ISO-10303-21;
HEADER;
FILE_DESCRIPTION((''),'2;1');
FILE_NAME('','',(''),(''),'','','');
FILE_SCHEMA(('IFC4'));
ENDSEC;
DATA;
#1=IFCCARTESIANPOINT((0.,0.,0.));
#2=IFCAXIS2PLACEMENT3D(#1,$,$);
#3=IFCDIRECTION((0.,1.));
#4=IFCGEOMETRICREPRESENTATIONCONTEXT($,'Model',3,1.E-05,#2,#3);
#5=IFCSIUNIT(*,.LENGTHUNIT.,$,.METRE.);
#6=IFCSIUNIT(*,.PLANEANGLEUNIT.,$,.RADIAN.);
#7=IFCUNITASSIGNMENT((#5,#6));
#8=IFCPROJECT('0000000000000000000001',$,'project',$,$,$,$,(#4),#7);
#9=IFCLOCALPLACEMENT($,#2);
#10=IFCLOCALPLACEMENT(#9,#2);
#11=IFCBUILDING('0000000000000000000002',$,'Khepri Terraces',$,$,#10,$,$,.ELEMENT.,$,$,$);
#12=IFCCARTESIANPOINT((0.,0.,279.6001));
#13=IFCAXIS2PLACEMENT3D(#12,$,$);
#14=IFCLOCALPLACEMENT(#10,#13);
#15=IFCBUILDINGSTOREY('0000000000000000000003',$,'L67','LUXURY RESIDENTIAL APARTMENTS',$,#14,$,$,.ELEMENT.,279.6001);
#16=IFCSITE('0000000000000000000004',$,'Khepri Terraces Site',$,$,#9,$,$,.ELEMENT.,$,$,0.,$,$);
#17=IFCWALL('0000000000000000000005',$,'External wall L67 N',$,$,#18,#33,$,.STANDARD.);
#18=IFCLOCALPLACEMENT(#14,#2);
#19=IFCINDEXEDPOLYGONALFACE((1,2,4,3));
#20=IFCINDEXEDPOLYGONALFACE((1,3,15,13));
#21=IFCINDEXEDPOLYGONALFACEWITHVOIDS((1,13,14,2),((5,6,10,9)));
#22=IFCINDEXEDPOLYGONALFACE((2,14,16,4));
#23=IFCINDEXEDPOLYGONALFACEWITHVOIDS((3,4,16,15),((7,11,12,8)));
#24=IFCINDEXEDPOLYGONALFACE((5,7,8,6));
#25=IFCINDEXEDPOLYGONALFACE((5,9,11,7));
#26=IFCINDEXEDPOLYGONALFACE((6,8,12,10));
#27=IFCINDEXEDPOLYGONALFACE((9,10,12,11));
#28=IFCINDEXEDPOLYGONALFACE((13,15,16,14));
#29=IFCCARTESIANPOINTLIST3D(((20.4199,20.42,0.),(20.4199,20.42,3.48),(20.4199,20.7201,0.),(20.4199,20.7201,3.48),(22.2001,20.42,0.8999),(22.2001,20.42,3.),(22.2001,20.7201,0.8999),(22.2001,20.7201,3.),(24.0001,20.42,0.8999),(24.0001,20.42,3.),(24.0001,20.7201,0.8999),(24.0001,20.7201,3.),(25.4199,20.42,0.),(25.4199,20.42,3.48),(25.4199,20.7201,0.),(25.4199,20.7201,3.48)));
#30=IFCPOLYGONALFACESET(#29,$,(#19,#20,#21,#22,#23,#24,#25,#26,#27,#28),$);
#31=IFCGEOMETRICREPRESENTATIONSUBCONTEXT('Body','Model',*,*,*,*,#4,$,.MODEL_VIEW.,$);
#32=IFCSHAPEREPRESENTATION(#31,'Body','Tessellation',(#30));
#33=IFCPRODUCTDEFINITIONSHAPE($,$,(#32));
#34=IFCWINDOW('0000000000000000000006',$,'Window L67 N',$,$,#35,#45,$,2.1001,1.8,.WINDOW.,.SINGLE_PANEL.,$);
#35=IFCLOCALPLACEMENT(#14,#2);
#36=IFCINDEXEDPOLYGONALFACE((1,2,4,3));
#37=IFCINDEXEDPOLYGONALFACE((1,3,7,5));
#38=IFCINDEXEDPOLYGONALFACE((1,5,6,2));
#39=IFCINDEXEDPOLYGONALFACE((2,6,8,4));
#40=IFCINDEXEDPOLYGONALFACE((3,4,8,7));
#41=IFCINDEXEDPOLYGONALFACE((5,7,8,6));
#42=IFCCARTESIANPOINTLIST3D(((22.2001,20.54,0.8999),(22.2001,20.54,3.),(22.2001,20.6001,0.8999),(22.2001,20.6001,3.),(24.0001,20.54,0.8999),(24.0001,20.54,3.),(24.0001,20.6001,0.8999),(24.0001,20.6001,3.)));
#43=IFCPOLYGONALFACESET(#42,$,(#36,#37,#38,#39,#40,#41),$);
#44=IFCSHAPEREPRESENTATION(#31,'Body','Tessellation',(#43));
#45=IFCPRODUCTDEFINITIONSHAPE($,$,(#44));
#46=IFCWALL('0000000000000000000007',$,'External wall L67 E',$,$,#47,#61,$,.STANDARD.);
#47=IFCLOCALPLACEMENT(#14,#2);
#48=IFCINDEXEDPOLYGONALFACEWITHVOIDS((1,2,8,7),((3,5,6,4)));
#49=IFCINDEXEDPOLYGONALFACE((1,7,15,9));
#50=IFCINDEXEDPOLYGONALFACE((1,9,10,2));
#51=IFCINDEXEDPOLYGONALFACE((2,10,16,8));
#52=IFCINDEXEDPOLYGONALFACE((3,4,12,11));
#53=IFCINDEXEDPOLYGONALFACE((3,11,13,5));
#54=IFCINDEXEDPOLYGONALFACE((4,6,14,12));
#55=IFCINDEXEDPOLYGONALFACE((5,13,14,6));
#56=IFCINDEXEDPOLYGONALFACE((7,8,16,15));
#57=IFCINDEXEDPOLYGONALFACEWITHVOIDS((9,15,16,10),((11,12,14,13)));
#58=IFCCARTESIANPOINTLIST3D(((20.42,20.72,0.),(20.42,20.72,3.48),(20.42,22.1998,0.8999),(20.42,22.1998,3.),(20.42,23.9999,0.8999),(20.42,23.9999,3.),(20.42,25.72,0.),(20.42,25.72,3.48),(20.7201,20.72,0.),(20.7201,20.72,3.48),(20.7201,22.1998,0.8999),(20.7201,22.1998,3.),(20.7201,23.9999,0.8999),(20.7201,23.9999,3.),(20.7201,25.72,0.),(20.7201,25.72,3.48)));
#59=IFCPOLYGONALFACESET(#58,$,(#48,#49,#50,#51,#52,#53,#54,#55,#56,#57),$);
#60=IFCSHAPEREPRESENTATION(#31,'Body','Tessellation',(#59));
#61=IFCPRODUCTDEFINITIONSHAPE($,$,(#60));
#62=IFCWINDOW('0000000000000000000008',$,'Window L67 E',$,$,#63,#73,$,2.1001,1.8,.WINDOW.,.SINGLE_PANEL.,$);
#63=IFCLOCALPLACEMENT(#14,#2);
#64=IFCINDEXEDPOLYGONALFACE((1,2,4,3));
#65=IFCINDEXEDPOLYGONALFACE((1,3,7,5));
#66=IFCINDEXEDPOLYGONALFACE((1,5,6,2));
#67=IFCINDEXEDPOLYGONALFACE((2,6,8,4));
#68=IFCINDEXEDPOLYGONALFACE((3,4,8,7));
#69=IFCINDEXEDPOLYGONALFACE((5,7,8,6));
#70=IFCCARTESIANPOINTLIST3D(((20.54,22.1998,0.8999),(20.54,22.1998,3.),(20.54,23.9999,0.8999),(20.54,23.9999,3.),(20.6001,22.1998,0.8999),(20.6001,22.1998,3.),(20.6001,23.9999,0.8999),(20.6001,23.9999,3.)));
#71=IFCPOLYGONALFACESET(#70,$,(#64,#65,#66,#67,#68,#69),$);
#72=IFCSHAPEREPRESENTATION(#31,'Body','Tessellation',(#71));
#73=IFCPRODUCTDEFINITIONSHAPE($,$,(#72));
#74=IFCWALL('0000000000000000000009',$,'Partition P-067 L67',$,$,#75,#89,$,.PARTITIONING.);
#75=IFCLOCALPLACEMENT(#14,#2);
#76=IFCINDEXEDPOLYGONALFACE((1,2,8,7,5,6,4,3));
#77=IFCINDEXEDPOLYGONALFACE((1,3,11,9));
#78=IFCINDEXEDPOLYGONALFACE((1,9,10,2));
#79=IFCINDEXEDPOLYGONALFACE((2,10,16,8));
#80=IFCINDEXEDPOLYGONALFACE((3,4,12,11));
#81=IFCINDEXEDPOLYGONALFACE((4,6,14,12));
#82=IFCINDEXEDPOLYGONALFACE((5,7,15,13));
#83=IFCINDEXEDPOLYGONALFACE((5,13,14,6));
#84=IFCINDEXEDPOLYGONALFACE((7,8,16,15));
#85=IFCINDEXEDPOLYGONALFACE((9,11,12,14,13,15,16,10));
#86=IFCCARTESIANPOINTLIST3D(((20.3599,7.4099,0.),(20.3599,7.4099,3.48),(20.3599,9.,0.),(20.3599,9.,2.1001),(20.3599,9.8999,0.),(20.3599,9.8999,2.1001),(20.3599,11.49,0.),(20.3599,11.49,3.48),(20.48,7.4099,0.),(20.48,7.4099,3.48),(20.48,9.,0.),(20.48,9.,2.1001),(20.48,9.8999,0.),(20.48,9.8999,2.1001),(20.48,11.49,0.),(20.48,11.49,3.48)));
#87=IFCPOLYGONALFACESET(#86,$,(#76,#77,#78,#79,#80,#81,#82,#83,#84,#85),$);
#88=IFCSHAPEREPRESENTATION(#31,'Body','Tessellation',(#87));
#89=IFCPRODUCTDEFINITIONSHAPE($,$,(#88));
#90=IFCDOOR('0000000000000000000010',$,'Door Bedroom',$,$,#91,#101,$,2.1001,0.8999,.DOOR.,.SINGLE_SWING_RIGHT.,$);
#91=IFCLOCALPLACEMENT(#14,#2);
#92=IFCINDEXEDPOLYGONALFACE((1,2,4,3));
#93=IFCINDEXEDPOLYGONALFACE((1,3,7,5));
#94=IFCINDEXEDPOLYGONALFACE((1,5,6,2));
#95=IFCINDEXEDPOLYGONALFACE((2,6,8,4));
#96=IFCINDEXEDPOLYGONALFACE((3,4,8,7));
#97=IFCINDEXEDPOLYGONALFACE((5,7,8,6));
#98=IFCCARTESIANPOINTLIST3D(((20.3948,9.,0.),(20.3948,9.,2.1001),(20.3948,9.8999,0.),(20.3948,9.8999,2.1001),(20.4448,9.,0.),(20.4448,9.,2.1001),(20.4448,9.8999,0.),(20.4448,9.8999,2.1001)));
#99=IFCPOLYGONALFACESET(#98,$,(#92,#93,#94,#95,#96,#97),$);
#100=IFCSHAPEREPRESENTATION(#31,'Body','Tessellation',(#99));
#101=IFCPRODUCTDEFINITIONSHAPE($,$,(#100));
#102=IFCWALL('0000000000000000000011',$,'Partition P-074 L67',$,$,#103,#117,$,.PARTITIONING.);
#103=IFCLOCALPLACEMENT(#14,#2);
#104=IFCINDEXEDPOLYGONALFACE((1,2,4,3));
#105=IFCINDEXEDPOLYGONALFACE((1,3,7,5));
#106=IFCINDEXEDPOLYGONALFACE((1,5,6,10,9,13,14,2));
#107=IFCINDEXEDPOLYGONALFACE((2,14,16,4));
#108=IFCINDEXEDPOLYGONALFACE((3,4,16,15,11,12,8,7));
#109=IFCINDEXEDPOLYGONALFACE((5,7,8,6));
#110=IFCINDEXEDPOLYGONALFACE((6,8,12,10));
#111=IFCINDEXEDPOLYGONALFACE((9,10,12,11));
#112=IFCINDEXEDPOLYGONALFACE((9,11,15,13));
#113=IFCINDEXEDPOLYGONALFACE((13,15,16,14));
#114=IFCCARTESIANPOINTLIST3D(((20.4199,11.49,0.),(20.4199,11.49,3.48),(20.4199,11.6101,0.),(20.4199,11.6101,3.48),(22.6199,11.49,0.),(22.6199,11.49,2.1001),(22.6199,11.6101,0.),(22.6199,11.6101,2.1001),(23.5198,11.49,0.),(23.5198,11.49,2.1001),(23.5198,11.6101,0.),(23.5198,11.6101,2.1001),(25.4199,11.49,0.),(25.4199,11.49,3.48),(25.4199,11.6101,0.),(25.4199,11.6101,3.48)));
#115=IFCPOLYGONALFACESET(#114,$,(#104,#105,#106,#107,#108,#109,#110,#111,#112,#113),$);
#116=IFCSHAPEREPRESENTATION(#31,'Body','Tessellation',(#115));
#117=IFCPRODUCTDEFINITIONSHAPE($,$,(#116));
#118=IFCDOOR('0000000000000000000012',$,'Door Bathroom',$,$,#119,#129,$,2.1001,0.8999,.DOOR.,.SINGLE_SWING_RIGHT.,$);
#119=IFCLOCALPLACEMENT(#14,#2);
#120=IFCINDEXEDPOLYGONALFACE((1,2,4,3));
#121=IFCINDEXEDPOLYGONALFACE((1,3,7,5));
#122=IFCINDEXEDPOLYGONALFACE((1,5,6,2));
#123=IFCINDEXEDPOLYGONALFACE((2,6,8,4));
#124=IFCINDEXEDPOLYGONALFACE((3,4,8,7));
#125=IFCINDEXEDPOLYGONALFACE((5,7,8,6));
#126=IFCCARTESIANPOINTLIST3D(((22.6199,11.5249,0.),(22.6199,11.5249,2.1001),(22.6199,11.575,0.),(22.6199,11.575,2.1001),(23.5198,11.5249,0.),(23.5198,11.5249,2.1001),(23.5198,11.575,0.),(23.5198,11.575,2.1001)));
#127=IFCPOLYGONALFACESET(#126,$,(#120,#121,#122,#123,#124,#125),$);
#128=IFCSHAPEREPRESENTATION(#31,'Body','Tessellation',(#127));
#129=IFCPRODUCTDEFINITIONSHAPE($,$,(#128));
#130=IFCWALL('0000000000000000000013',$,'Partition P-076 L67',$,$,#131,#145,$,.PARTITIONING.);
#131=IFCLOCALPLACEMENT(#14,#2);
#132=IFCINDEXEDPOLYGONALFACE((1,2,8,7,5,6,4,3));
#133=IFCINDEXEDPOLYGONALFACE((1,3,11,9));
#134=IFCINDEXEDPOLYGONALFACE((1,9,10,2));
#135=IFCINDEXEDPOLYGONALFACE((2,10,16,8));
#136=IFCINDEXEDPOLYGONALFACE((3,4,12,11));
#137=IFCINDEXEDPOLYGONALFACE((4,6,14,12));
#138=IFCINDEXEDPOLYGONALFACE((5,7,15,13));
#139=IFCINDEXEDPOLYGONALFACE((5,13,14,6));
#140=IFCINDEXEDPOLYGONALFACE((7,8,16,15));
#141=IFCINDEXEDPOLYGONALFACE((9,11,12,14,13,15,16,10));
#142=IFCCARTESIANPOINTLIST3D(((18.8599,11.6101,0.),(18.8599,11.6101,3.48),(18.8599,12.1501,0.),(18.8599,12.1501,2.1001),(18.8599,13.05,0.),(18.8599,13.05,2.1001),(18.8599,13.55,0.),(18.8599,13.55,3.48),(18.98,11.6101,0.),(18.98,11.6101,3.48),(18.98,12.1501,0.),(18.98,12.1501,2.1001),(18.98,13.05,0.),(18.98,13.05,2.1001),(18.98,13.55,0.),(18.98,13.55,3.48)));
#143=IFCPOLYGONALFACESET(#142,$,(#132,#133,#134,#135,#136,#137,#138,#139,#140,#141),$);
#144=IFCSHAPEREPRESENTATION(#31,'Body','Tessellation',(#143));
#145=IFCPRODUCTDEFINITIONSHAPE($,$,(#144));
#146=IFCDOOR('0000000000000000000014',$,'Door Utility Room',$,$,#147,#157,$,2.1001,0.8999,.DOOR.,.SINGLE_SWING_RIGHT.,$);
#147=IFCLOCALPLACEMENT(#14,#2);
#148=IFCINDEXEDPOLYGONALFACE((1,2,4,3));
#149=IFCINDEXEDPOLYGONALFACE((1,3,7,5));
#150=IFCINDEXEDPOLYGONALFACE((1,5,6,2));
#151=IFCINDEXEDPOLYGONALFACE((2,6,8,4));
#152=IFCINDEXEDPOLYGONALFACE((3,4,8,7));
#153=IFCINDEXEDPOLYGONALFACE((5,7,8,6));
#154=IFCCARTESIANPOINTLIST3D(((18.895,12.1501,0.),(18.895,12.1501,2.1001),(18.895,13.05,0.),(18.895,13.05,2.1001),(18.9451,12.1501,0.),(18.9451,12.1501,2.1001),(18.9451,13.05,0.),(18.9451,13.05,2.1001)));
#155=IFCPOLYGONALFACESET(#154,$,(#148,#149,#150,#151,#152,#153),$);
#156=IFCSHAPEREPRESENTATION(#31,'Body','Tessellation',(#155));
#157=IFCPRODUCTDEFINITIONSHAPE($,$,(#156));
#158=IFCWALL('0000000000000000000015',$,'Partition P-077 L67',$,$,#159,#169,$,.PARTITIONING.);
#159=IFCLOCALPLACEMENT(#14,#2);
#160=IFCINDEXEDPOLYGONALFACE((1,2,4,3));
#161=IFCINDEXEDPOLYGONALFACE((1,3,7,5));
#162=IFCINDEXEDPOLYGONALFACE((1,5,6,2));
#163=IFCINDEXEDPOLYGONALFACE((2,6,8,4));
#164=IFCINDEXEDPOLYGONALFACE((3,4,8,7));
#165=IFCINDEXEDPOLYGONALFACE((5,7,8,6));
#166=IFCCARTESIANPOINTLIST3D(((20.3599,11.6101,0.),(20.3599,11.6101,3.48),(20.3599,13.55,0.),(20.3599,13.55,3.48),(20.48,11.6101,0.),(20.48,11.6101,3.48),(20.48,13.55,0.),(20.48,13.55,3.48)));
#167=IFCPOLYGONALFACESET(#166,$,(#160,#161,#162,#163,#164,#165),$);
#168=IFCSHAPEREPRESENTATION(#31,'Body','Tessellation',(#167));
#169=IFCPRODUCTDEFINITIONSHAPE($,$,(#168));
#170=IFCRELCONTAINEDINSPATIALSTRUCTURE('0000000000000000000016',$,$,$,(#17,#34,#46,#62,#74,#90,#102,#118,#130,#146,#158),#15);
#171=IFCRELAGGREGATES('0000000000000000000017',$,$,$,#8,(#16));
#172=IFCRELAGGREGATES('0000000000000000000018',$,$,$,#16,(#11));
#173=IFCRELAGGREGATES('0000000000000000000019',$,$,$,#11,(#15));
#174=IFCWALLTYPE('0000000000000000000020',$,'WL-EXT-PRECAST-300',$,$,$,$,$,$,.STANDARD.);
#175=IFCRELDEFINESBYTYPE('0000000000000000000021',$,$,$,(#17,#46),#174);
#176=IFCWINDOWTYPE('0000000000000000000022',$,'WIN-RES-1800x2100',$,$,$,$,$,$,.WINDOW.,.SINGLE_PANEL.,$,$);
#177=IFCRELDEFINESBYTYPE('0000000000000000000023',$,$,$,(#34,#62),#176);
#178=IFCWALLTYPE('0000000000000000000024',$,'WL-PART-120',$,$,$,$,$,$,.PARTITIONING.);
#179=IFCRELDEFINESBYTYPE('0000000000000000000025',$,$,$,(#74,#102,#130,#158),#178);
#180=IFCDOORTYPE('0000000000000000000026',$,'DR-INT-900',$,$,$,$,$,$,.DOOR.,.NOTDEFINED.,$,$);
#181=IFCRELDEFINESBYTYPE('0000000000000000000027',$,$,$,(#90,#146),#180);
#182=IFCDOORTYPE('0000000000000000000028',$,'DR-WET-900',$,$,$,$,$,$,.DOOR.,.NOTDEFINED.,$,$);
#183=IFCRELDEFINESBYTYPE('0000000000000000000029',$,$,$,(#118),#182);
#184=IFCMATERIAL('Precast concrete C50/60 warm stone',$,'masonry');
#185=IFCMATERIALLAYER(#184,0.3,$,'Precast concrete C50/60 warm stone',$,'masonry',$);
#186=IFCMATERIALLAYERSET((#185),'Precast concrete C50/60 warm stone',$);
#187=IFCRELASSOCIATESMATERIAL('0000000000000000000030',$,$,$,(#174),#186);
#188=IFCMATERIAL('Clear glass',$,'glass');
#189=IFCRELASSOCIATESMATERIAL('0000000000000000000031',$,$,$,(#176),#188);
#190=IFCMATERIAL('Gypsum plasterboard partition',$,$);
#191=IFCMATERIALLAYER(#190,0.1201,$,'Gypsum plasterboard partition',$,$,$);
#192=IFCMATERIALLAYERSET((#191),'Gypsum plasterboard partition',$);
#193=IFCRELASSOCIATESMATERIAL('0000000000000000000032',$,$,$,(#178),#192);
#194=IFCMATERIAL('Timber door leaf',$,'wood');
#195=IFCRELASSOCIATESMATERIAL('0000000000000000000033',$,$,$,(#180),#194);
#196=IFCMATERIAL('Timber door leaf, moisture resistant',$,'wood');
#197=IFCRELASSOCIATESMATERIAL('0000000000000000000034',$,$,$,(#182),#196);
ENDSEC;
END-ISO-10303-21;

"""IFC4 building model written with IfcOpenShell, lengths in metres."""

from ifc_helpers import new_model, si_unit, direction, frame, frame_2d, origin, place, context, subcontext, project, spatial, rectangle, extrude, material, layer, layer_set, type_object, element, fill, save


model = new_model("IFC4")

# Units and contexts
model_context = context("Model", 3, precision=1e-05, world=origin(), true_north=direction((0.0, 1.0)))
body_context = subcontext(model_context, "Body", "Model", "MODEL_VIEW")
ifc_project = project(units=[si_unit("LENGTHUNIT", "METRE"), si_unit("PLANEANGLEUNIT", "RADIAN")], contexts=[model_context])

# Site, building, storey
site_placement = place(None, origin())
site = spatial("IfcSite", under=ifc_project, at=site_placement, Name="Khepri Terraces Site", CompositionType="ELEMENT", RefElevation=0.0)
building_placement = place(site_placement, origin())
building = spatial("IfcBuilding", under=site, at=building_placement, Name="Khepri Terraces", CompositionType="ELEMENT")
storey_placement = place(building_placement, frame((0.0, 0.0, 279.6001)))
storey = spatial("IfcBuildingStorey", under=building, at=storey_placement, Name="L67", Description="LUXURY RESIDENTIAL APARTMENTS", CompositionType="ELEMENT", Elevation=279.6001)

# Shared definitions
ifc_material_1 = material(Name="Precast concrete C50/60 warm stone", Category="masonry")
ifc_layer_1 = layer(ifc_material_1, 0.3, Name="Precast concrete C50/60 warm stone", Category="masonry")
ifc_layer_set_1 = layer_set([ifc_layer_1], Name="Precast concrete C50/60 warm stone")
wall_type_1 = type_object("IfcWallType", Name="WL-EXT-PRECAST-300", PredefinedType="STANDARD", material=ifc_layer_set_1)
ifc_material_2 = material(Name="Clear glass", Category="glass")
window_type = type_object("IfcWindowType", Name="WIN-RES-1800x2100", PartitioningType="SINGLE_PANEL", PredefinedType="WINDOW", material=ifc_material_2)

# Walls, openings, windows
wall_1_placement = place(storey_placement, frame((25.4199, 20.5701, 0.0), z_axis=(0.0, 0.0, 1.0), x_axis=(-1.0, 0.0, 0.0)))
wall_1 = element("IfcWall", 1, at=wall_1_placement, inside=storey, type_object=wall_type_1, Name="External wall L67 N", PredefinedType="STANDARD", context=body_context, shape_type="SweptSolid", body=[
    extrude(rectangle(XDim=5.0, YDim=0.3, at=frame_2d((2.5, 0.0))), origin(), (0.0, 0.0, 1.0), 3.48),
])
opening_1_placement = place(wall_1_placement, frame((1.4199, 0.0, 0.8999)))
opening_1 = element("IfcOpeningElement", 2, at=opening_1_placement, cuts=wall_1, PredefinedType="OPENING", context=body_context, shape_type="SweptSolid", body=[
    extrude(rectangle(XDim=1.8, YDim=2.1001, at=frame_2d((0.8999, 1.05))), frame((0.0, 0.1602, 0.0), z_axis=(0.0, -1.0, 0.0), x_axis=(1.0, 0.0, 0.0)), (0.0, 0.0, 1.0), 0.3201),
])
window_1_placement = place(opening_1_placement, origin())
window_1 = element("IfcWindow", 3, at=window_1_placement, inside=storey, type_object=window_type, Name="Window L67 N", OverallHeight=2.1001, OverallWidth=1.8, PartitioningType="SINGLE_PANEL", PredefinedType="WINDOW", context=body_context, shape_type="SweptSolid", body=[
    extrude(rectangle(XDim=1.8, YDim=2.1001, at=frame_2d((0.8999, 1.05))), frame((0.0, 0.03, 0.0), z_axis=(0.0, -1.0, 0.0), x_axis=(1.0, 0.0, 0.0)), (0.0, 0.0, 1.0), 0.0601),
])
fill(opening_1, window_1)
wall_2_placement = place(storey_placement, frame((20.5701, 20.72, 0.0), z_axis=(0.0, 0.0, 1.0), x_axis=(0.0, 1.0, 0.0)))
wall_2 = element("IfcWall", 4, at=wall_2_placement, inside=storey, type_object=wall_type_1, Name="External wall L67 E", PredefinedType="STANDARD", context=body_context, shape_type="SweptSolid", body=[
    extrude(rectangle(XDim=5.0, YDim=0.3, at=frame_2d((2.5, 0.0))), origin(), (0.0, 0.0, 1.0), 3.48),
])
opening_2_placement = place(wall_2_placement, frame((1.48, 0.0, 0.8999)))
opening_2 = element("IfcOpeningElement", 5, at=opening_2_placement, cuts=wall_2, PredefinedType="OPENING", context=body_context, shape_type="SweptSolid", body=[
    extrude(rectangle(XDim=1.8, YDim=2.1001, at=frame_2d((0.8999, 1.05))), frame((0.0, 0.1602, 0.0), z_axis=(0.0, -1.0, 0.0), x_axis=(1.0, 0.0, 0.0)), (0.0, 0.0, 1.0), 0.3201),
])
window_2_placement = place(opening_2_placement, origin())
window_2 = element("IfcWindow", 6, at=window_2_placement, inside=storey, type_object=window_type, Name="Window L67 E", OverallHeight=2.1001, OverallWidth=1.8, PartitioningType="SINGLE_PANEL", PredefinedType="WINDOW", context=body_context, shape_type="SweptSolid", body=[
    extrude(rectangle(XDim=1.8, YDim=2.1001, at=frame_2d((0.8999, 1.05))), frame((0.0, 0.03, 0.0), z_axis=(0.0, -1.0, 0.0), x_axis=(1.0, 0.0, 0.0)), (0.0, 0.0, 1.0), 0.0601),
])
fill(opening_2, window_2)

# Walls, openings, doors
ifc_material_3 = material(Name="Gypsum plasterboard partition")
ifc_layer_2 = layer(ifc_material_3, 0.1201, Name="Gypsum plasterboard partition")
ifc_layer_set_2 = layer_set([ifc_layer_2], Name="Gypsum plasterboard partition")
wall_type_2 = type_object("IfcWallType", Name="WL-PART-120", PredefinedType="PARTITIONING", material=ifc_layer_set_2)
wall_3_placement = place(storey_placement, frame((20.4199, 7.4099, 0.0), z_axis=(0.0, 0.0, 1.0), x_axis=(0.0, 1.0, 0.0)))
wall_3 = element("IfcWall", 7, at=wall_3_placement, inside=storey, type_object=wall_type_2, Name="Partition P-067 L67", PredefinedType="PARTITIONING", context=body_context, shape_type="SweptSolid", body=[
    extrude(rectangle(XDim=4.0801, YDim=0.1201, at=frame_2d((2.04, 0.0))), origin(), (0.0, 0.0, 1.0), 3.48),
])
opening_3_placement = place(wall_3_placement, frame((1.5901, 0.0, 0.0)))
opening_3 = element("IfcOpeningElement", 8, at=opening_3_placement, cuts=wall_3, PredefinedType="OPENING", context=body_context, shape_type="SweptSolid", body=[
    extrude(rectangle(XDim=0.8999, YDim=2.1001, at=frame_2d((0.45, 1.05))), frame((0.0, 0.0701, 0.0), z_axis=(0.0, -1.0, 0.0), x_axis=(1.0, 0.0, 0.0)), (0.0, 0.0, 1.0), 0.1401),
])
ifc_material_4 = material(Name="Timber door leaf", Category="wood")
door_type_1 = type_object("IfcDoorType", Name="DR-INT-900", OperationType="NOTDEFINED", PredefinedType="DOOR", material=ifc_material_4)
door_1_placement = place(opening_3_placement, frame((0.8999, 0.0, 0.0), z_axis=(0.0, 0.0, 1.0), x_axis=(-1.0, 0.0, 0.0)))
door_1 = element("IfcDoor", 9, at=door_1_placement, inside=storey, type_object=door_type_1, Name="Door Bedroom", OperationType="SINGLE_SWING_RIGHT", OverallHeight=2.1001, OverallWidth=0.8999, PredefinedType="DOOR", context=body_context, shape_type="SweptSolid", body=[
    extrude(rectangle(XDim=0.8999, YDim=2.1001, at=frame_2d((0.45, 1.05))), frame((0.0, 0.0249, 0.0), z_axis=(0.0, -1.0, 0.0), x_axis=(1.0, 0.0, 0.0)), (0.0, 0.0, 1.0), 0.05),
])
fill(opening_3, door_1)
wall_4_placement = place(storey_placement, frame((20.4199, 11.55, 0.0), z_axis=(0.0, 0.0, 1.0), x_axis=(1.0, 0.0, 0.0)))
wall_4 = element("IfcWall", 10, at=wall_4_placement, inside=storey, type_object=wall_type_2, Name="Partition P-074 L67", PredefinedType="PARTITIONING", context=body_context, shape_type="SweptSolid", body=[
    extrude(rectangle(XDim=5.0, YDim=0.1201, at=frame_2d((2.5, 0.0))), origin(), (0.0, 0.0, 1.0), 3.48),
])
opening_4_placement = place(wall_4_placement, frame((2.2, 0.0, 0.0)))
opening_4 = element("IfcOpeningElement", 11, at=opening_4_placement, cuts=wall_4, PredefinedType="OPENING", context=body_context, shape_type="SweptSolid", body=[
    extrude(rectangle(XDim=0.8999, YDim=2.1001, at=frame_2d((0.45, 1.05))), frame((0.0, 0.0701, 0.0), z_axis=(0.0, -1.0, 0.0), x_axis=(1.0, 0.0, 0.0)), (0.0, 0.0, 1.0), 0.1401),
])
ifc_material_5 = material(Name="Timber door leaf, moisture resistant", Category="wood")
door_type_2 = type_object("IfcDoorType", Name="DR-WET-900", OperationType="NOTDEFINED", PredefinedType="DOOR", material=ifc_material_5)
door_2_placement = place(opening_4_placement, origin())
door_2 = element("IfcDoor", 12, at=door_2_placement, inside=storey, type_object=door_type_2, Name="Door Bathroom", OperationType="SINGLE_SWING_RIGHT", OverallHeight=2.1001, OverallWidth=0.8999, PredefinedType="DOOR", context=body_context, shape_type="SweptSolid", body=[
    extrude(rectangle(XDim=0.8999, YDim=2.1001, at=frame_2d((0.45, 1.05))), frame((0.0, 0.0249, 0.0), z_axis=(0.0, -1.0, 0.0), x_axis=(1.0, 0.0, 0.0)), (0.0, 0.0, 1.0), 0.05),
])
fill(opening_4, door_2)
wall_5_placement = place(storey_placement, frame((18.9199, 11.6101, 0.0), z_axis=(0.0, 0.0, 1.0), x_axis=(0.0, 1.0, 0.0)))
wall_5 = element("IfcWall", 13, at=wall_5_placement, inside=storey, type_object=wall_type_2, Name="Partition P-076 L67", PredefinedType="PARTITIONING", context=body_context, shape_type="SweptSolid", body=[
    extrude(rectangle(XDim=1.9399, YDim=0.1201, at=frame_2d((0.97, 0.0))), origin(), (0.0, 0.0, 1.0), 3.48),
])
opening_5_placement = place(wall_5_placement, frame((0.54, 0.0, 0.0)))
opening_5 = element("IfcOpeningElement", 14, at=opening_5_placement, cuts=wall_5, PredefinedType="OPENING", context=body_context, shape_type="SweptSolid", body=[
    extrude(rectangle(XDim=0.8999, YDim=2.1001, at=frame_2d((0.45, 1.05))), frame((0.0, 0.0701, 0.0), z_axis=(0.0, -1.0, 0.0), x_axis=(1.0, 0.0, 0.0)), (0.0, 0.0, 1.0), 0.1401),
])
door_3_placement = place(opening_5_placement, origin())
door_3 = element("IfcDoor", 15, at=door_3_placement, inside=storey, type_object=door_type_1, Name="Door Utility Room", OperationType="SINGLE_SWING_RIGHT", OverallHeight=2.1001, OverallWidth=0.8999, PredefinedType="DOOR", context=body_context, shape_type="SweptSolid", body=[
    extrude(rectangle(XDim=0.8999, YDim=2.1001, at=frame_2d((0.45, 1.05))), frame((0.0, 0.0249, 0.0), z_axis=(0.0, -1.0, 0.0), x_axis=(1.0, 0.0, 0.0)), (0.0, 0.0, 1.0), 0.05),
])
fill(opening_5, door_3)

# Wall
wall_6_placement = place(storey_placement, frame((20.4199, 11.6101, 0.0), z_axis=(0.0, 0.0, 1.0), x_axis=(0.0, 1.0, 0.0)))
element("IfcWall", 16, at=wall_6_placement, inside=storey, type_object=wall_type_2, Name="Partition P-077 L67", PredefinedType="PARTITIONING", context=body_context, shape_type="SweptSolid", body=[
    extrude(rectangle(XDim=1.9399, YDim=0.1201, at=frame_2d((0.97, 0.0))), origin(), (0.0, 0.0, 1.0), 3.48),
])

save(model, "model.ifc")
